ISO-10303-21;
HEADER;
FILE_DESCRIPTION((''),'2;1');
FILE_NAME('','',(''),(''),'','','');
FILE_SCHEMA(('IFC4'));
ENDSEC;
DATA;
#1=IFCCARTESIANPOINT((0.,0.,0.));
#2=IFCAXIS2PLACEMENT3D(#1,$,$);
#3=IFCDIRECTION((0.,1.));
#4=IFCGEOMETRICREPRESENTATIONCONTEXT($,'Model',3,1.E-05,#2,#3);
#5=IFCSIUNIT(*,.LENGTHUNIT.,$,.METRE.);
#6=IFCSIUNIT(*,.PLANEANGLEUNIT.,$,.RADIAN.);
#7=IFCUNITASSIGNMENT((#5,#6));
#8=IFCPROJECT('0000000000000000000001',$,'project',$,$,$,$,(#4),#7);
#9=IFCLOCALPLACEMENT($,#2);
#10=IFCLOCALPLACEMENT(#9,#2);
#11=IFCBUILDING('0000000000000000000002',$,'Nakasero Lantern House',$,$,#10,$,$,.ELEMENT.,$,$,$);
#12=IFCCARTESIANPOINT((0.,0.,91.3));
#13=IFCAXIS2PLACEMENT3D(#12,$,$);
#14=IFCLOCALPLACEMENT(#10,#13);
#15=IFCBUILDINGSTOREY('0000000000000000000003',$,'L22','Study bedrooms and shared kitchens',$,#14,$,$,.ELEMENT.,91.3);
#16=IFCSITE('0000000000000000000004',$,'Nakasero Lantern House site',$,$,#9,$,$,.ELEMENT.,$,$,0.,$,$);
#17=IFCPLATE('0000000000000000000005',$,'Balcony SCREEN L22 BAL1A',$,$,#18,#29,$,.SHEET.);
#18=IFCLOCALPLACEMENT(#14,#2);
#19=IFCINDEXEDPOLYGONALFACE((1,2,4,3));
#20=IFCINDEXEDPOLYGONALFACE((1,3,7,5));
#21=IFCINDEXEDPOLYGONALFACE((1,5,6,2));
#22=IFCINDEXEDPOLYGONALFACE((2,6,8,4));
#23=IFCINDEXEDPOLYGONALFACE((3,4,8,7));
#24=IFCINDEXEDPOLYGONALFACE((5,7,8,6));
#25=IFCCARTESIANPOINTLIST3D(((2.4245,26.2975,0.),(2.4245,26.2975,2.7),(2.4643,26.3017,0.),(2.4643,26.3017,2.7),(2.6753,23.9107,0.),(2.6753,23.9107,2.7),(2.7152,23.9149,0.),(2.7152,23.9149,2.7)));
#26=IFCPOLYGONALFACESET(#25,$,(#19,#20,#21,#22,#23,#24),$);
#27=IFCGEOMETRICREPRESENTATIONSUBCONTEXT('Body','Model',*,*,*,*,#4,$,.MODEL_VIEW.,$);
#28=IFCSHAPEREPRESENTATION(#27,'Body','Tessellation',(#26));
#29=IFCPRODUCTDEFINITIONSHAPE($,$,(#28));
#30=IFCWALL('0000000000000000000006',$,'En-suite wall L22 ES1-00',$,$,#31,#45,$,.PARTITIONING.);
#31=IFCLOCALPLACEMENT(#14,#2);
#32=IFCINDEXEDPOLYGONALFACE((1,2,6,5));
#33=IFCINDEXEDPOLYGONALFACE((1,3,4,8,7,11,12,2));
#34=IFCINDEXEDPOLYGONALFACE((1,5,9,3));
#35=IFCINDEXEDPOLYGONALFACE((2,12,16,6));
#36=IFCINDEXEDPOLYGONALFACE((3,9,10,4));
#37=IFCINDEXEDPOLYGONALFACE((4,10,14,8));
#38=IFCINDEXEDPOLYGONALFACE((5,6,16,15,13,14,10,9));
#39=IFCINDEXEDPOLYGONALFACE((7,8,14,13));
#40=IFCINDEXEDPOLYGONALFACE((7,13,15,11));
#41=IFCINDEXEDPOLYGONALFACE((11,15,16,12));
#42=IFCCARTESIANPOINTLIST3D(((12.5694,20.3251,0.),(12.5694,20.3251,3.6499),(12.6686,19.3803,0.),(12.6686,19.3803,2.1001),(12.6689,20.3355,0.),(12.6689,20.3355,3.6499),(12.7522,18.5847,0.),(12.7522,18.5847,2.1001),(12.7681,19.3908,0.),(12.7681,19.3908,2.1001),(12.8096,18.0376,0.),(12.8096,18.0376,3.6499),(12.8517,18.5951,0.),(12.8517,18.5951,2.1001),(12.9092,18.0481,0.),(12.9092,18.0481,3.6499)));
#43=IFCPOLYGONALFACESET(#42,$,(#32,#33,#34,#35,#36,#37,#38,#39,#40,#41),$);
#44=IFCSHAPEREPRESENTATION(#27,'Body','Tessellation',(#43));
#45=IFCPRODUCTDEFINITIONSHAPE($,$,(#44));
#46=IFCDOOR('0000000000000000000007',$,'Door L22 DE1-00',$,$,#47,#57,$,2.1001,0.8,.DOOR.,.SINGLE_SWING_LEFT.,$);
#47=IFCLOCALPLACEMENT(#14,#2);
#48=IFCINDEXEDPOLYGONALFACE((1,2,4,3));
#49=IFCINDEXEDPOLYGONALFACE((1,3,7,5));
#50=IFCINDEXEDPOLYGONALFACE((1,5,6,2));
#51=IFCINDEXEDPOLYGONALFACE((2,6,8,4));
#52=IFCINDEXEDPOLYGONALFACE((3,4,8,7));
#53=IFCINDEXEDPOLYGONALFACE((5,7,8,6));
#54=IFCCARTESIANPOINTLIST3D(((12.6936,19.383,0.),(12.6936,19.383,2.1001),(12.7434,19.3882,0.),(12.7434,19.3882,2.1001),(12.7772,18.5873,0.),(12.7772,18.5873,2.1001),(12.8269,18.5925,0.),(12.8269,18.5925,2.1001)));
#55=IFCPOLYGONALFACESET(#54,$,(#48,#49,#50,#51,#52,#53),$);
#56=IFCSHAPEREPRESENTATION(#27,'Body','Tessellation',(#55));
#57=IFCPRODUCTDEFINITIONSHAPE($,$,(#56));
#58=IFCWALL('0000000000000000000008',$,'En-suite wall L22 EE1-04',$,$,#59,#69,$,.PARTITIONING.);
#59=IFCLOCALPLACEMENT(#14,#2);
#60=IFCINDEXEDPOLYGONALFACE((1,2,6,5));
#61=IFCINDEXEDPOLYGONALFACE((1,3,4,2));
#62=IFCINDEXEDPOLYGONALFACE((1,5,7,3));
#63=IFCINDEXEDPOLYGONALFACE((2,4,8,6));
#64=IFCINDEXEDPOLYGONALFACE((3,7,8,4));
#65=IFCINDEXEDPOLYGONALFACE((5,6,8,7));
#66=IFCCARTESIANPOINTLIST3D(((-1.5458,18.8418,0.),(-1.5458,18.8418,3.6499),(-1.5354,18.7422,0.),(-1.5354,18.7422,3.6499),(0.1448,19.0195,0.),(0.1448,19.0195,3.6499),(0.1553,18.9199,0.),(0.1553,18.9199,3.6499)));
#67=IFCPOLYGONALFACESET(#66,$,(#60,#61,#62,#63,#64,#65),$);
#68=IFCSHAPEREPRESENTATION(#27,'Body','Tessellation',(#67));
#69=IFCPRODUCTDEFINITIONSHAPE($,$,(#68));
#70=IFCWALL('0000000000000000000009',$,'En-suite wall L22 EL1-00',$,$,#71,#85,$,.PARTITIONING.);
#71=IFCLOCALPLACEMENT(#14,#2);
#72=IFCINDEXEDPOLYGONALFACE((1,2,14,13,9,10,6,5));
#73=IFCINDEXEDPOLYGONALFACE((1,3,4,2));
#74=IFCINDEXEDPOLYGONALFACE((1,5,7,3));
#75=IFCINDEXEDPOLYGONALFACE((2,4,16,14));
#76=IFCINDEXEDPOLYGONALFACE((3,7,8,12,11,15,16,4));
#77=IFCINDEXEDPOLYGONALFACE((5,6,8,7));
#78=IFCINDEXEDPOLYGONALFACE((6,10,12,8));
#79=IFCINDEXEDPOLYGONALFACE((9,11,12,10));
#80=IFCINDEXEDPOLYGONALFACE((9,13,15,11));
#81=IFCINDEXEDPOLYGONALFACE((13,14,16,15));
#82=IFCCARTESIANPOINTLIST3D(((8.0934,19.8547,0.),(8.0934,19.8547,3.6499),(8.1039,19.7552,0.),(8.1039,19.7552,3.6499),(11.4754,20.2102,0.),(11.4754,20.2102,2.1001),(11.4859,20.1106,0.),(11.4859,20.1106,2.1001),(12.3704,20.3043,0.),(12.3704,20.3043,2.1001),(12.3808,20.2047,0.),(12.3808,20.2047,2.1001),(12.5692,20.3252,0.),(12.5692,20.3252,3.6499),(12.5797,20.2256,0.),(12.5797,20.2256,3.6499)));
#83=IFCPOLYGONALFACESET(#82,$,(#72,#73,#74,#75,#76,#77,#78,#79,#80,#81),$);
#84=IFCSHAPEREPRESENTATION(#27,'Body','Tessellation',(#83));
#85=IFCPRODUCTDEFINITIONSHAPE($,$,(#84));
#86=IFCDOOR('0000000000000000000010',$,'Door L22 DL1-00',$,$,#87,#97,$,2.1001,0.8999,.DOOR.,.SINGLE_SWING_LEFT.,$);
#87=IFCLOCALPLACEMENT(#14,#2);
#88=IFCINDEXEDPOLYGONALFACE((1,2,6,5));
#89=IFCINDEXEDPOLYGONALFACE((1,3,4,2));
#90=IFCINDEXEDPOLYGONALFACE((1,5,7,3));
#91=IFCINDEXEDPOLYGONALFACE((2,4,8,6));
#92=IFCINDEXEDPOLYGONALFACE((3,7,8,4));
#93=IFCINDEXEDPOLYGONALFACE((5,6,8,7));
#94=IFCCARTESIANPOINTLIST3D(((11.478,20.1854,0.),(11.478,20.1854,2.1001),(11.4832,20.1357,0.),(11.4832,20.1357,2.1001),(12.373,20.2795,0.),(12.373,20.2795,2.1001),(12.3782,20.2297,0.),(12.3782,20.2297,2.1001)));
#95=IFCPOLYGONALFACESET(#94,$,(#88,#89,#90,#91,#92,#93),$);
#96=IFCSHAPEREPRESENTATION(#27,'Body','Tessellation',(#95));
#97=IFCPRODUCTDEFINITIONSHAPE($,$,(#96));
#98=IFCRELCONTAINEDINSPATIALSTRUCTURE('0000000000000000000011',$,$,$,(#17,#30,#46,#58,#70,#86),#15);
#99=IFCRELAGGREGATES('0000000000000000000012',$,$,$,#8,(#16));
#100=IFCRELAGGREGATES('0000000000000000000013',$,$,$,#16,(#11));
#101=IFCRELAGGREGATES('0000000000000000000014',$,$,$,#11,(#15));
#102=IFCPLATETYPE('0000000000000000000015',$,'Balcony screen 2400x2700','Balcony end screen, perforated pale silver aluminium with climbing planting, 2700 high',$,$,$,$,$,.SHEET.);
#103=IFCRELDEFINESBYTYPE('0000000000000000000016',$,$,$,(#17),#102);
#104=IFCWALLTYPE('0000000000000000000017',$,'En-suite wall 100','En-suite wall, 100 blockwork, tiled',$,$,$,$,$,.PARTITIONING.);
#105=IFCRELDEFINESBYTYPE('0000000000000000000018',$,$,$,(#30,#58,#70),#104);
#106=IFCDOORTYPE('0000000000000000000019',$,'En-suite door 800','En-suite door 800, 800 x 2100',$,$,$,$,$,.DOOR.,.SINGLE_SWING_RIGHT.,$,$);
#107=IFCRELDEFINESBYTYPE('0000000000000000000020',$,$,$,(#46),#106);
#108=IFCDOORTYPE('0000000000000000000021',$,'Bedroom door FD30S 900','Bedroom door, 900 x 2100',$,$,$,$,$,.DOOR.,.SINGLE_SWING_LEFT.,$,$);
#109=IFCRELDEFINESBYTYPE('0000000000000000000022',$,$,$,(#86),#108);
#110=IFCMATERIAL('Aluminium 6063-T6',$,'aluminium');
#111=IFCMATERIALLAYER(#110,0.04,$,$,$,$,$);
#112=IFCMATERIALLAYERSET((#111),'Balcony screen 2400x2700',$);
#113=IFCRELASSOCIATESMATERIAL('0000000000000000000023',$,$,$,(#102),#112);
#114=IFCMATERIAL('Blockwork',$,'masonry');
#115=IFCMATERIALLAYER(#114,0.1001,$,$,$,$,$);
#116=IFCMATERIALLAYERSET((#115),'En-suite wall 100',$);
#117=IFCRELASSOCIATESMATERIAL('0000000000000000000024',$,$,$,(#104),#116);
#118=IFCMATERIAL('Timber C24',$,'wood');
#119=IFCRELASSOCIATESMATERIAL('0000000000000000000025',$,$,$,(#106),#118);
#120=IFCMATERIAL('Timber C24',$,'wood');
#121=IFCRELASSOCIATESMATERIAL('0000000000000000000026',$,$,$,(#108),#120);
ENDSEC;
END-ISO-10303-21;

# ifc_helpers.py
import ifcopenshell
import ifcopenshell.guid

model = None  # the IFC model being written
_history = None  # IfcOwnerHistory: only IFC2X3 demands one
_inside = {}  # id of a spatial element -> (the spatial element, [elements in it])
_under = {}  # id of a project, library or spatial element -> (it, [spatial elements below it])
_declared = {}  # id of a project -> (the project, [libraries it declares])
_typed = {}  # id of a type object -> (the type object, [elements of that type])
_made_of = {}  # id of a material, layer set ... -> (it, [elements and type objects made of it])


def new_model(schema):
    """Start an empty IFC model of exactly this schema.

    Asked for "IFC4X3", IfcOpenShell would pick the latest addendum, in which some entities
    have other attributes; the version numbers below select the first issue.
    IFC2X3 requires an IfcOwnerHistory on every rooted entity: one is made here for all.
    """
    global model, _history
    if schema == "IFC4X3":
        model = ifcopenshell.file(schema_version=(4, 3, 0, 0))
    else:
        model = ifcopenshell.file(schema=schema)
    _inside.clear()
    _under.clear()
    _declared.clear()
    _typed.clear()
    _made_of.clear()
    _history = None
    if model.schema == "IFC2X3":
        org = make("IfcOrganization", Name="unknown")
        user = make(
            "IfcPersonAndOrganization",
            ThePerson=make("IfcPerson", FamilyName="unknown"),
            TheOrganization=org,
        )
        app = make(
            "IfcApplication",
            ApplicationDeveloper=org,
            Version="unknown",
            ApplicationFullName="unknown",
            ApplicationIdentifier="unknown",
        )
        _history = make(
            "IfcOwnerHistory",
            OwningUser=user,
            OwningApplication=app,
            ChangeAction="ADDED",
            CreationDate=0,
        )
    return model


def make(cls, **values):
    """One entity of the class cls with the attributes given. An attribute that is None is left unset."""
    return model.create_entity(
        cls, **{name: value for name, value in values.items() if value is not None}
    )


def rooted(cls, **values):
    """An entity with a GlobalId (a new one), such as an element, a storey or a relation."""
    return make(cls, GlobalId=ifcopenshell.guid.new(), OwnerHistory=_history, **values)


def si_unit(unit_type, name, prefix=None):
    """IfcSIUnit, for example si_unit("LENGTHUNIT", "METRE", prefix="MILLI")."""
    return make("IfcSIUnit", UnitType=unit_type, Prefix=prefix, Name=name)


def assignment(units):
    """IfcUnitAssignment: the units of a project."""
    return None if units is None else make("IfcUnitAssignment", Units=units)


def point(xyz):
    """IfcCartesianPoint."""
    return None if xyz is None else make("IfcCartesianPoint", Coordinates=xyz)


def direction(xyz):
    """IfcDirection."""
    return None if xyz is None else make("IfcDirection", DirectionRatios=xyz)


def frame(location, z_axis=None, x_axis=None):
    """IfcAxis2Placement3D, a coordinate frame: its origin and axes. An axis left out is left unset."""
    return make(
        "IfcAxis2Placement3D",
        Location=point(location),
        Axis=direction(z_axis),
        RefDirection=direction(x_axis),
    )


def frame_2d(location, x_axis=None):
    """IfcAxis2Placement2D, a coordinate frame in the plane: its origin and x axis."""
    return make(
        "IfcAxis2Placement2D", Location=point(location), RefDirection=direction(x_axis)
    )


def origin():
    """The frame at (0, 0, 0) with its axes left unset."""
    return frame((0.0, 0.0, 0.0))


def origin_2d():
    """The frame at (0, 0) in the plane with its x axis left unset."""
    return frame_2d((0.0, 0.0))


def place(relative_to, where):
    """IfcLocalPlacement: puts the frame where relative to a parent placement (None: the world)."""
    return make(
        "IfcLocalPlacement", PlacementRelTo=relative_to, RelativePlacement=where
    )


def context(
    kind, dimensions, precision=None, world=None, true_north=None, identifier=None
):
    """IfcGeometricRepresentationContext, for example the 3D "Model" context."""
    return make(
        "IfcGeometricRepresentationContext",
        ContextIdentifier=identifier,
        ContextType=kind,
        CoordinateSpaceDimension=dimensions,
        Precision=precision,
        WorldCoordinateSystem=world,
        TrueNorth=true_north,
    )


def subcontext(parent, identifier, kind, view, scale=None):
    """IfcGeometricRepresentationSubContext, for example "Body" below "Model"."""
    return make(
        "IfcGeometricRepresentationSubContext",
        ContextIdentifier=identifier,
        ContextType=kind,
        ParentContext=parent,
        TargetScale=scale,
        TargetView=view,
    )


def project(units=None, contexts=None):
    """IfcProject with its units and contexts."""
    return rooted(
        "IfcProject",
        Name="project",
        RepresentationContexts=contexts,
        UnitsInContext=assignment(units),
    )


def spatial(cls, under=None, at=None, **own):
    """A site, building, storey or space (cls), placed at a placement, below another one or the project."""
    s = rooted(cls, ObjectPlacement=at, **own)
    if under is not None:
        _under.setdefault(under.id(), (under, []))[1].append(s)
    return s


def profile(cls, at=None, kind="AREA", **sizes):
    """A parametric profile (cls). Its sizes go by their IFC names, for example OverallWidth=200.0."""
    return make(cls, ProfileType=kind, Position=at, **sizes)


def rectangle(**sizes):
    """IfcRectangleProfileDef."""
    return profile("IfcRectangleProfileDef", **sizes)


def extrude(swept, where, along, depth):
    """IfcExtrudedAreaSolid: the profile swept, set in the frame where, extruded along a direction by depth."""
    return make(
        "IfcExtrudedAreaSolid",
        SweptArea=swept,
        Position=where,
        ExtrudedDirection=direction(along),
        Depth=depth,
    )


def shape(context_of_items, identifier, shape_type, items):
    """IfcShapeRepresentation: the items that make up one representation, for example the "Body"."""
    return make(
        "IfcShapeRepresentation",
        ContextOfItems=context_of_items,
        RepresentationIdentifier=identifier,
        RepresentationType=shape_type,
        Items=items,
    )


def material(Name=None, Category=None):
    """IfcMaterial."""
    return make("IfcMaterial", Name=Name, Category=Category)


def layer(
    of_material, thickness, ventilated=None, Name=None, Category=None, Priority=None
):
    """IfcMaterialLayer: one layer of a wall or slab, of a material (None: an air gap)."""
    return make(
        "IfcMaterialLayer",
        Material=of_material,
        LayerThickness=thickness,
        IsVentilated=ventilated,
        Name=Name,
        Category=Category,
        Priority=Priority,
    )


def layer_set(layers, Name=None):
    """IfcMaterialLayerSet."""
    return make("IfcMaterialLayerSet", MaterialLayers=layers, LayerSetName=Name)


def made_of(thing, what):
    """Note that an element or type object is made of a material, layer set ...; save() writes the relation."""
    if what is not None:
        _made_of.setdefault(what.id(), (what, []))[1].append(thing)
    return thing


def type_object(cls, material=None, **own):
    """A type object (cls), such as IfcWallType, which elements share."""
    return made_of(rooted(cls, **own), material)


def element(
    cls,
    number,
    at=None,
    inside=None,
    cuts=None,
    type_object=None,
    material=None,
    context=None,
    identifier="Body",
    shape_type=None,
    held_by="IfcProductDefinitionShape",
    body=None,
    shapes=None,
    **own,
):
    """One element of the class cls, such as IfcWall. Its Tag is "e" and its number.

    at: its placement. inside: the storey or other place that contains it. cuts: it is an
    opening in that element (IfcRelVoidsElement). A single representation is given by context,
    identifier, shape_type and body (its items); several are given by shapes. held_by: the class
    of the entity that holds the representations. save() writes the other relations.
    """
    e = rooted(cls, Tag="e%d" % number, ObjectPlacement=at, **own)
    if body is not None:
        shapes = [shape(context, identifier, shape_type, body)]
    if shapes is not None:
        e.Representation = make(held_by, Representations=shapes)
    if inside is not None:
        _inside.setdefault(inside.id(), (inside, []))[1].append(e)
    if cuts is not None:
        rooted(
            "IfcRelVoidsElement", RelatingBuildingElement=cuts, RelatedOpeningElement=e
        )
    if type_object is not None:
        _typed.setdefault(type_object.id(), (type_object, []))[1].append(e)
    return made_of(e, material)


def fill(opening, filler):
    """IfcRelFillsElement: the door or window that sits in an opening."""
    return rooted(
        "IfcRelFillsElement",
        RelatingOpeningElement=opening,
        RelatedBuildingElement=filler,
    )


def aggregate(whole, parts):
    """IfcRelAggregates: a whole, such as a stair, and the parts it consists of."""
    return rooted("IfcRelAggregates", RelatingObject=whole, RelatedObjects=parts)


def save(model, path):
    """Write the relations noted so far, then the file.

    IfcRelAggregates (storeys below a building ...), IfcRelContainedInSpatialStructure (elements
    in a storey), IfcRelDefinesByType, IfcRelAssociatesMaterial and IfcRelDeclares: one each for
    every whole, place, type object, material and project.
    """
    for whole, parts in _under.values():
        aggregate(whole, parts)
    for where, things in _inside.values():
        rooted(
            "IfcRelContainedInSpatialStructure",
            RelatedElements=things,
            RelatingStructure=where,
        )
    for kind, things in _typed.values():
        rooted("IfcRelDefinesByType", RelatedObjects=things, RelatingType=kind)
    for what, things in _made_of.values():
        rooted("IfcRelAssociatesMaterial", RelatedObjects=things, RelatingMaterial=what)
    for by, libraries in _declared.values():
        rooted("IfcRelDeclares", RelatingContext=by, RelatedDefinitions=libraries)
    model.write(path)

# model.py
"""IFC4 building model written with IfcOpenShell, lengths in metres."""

from ifc_helpers import new_model, si_unit, direction, frame, frame_2d, origin, origin_2d, place, context, subcontext, project, spatial, rectangle, extrude, material, layer, layer_set, type_object, element, fill, save


model = new_model("IFC4")

# Units and contexts
model_context = context("Model", 3, precision=1e-05, world=origin(), true_north=direction((0.0, 1.0)))
body_context = subcontext(model_context, "Body", "Model", "MODEL_VIEW")
ifc_project = project(units=[si_unit("LENGTHUNIT", "METRE"), si_unit("PLANEANGLEUNIT", "RADIAN")], contexts=[model_context])

# Site, building, storey
site_placement = place(None, origin())
site = spatial("IfcSite", under=ifc_project, at=site_placement, Name="Nakasero Lantern House site", CompositionType="ELEMENT", RefElevation=0.0)
building_placement = place(site_placement, origin())
building = spatial("IfcBuilding", under=site, at=building_placement, Name="Nakasero Lantern House", CompositionType="ELEMENT")
storey_placement = place(building_placement, frame((0.0, 0.0, 91.3)))
storey = spatial("IfcBuildingStorey", under=building, at=storey_placement, Name="L22", Description="Study bedrooms and shared kitchens", CompositionType="ELEMENT", Elevation=91.3)

# Plate
ifc_material_1 = material(Name="Aluminium 6063-T6", Category="aluminium")
ifc_layer_1 = layer(ifc_material_1, 0.04)
ifc_layer_set_1 = layer_set([ifc_layer_1], Name="Balcony screen 2400x2700")
plate_type_1 = type_object("IfcPlateType", Name="Balcony screen 2400x2700", Description="Balcony end screen, perforated pale silver aluminium with climbing planting, 2700 high", PredefinedType="SHEET", material=ifc_layer_set_1)
plate_1_placement = place(storey_placement, frame((2.5698, 25.1062, 0.0), z_axis=(0.0, 0.0, 1.0), x_axis=(-0.104528, 0.994522, 0.0)))
element("IfcPlate", 1, at=plate_1_placement, inside=storey, type_object=plate_type_1, Name="Balcony SCREEN L22 BAL1A", PredefinedType="SHEET", context=body_context, shape_type="SweptSolid", body=[
    extrude(rectangle(XDim=2.3999, YDim=0.04, at=origin_2d()), origin(), (0.0, 0.0, 1.0), 2.7),
])

# Wall, opening, door
ifc_material_2 = material(Name="Blockwork", Category="masonry")
ifc_layer_2 = layer(ifc_material_2, 0.1001)
ifc_layer_set_2 = layer_set([ifc_layer_2], Name="En-suite wall 100")
wall_type_1 = type_object("IfcWallType", Name="En-suite wall 100", Description="En-suite wall, 100 blockwork, tiled", PredefinedType="PARTITIONING", material=ifc_layer_set_2)
wall_1_placement = place(storey_placement, frame((12.8594, 18.043, 0.0), z_axis=(0.0, 0.0, 1.0), x_axis=(-0.104453, 0.99453, 0.0)))
wall_1 = element("IfcWall", 2, at=wall_1_placement, inside=storey, type_object=wall_type_1, Name="En-suite wall L22 ES1-00", PredefinedType="PARTITIONING", context=body_context, shape_type="SweptSolid", body=[
    extrude(rectangle(XDim=2.3, YDim=0.1001, at=frame_2d((1.1499, 0.0))), origin(), (0.0, 0.0, 1.0), 3.6499),
])
opening_1_placement = place(wall_1_placement, frame((0.55, 0.0, 0.0)))
opening_1 = element("IfcOpeningElement", 3, at=opening_1_placement, cuts=wall_1, PredefinedType="OPENING", context=body_context, shape_type="SweptSolid", body=[
    extrude(rectangle(XDim=0.8, YDim=2.1001, at=frame_2d((0.3999, 1.05))), frame((0.0, 0.0701, 0.0), z_axis=(0.0, -1.0, 0.0), x_axis=(1.0, 0.0, 0.0)), (0.0, 0.0, 1.0), 0.1401),
])
ifc_material_3 = material(Name="Timber C24", Category="wood")
door_type_1 = type_object("IfcDoorType", Name="En-suite door 800", Description="En-suite door 800, 800 x 2100", OperationType="SINGLE_SWING_RIGHT", PredefinedType="DOOR", material=ifc_material_3)
door_1_placement = place(opening_1_placement, origin())
door_1 = element("IfcDoor", 4, at=door_1_placement, inside=storey, type_object=door_type_1, Name="Door L22 DE1-00", OperationType="SINGLE_SWING_LEFT", OverallHeight=2.1001, OverallWidth=0.8, PredefinedType="DOOR", context=body_context, shape_type="SweptSolid", body=[
    extrude(rectangle(XDim=0.8, YDim=2.1001, at=frame_2d((0.3999, 1.05))), frame((0.0, 0.0249, 0.0), z_axis=(0.0, -1.0, 0.0), x_axis=(1.0, 0.0, 0.0)), (0.0, 0.0, 1.0), 0.05),
])
fill(opening_1, door_1)

# Wall
wall_2_placement = place(storey_placement, frame((0.1501, 18.9697, 0.0), z_axis=(0.0, 0.0, 1.0), x_axis=(-0.99452, -0.10455, 0.0)))
element("IfcWall", 5, at=wall_2_placement, inside=storey, type_object=wall_type_1, Name="En-suite wall L22 EE1-04", PredefinedType="PARTITIONING", context=body_context, shape_type="SweptSolid", body=[
    extrude(rectangle(XDim=1.7, YDim=0.1001, at=frame_2d((0.8501, 0.0))), origin(), (0.0, 0.0, 1.0), 3.6499),
])

# Wall, opening, door
wall_3_placement = place(storey_placement, frame((12.5745, 20.2754, 0.0), z_axis=(0.0, 0.0, 1.0), x_axis=(-0.994521, -0.104535, 0.0)))
wall_3 = element("IfcWall", 6, at=wall_3_placement, inside=storey, type_object=wall_type_1, Name="En-suite wall L22 EL1-00", PredefinedType="PARTITIONING", context=body_context, shape_type="SweptSolid", body=[
    extrude(rectangle(XDim=4.5005, YDim=0.1001, at=frame_2d((2.2502, 0.0))), origin(), (0.0, 0.0, 1.0), 3.6499),
])
opening_2_placement = place(wall_3_placement, frame((0.2, 0.0, 0.0)))
opening_2 = element("IfcOpeningElement", 7, at=opening_2_placement, cuts=wall_3, PredefinedType="OPENING", context=body_context, shape_type="SweptSolid", body=[
    extrude(rectangle(XDim=0.8999, YDim=2.1001, at=frame_2d((0.45, 1.05))), frame((0.0, 0.0701, 0.0), z_axis=(0.0, -1.0, 0.0), x_axis=(1.0, 0.0, 0.0)), (0.0, 0.0, 1.0), 0.1401),
])
ifc_material_4 = material(Name="Timber C24", Category="wood")
door_type_2 = type_object("IfcDoorType", Name="Bedroom door FD30S 900", Description="Bedroom door, 900 x 2100", OperationType="SINGLE_SWING_LEFT", PredefinedType="DOOR", material=ifc_material_4)
door_2_placement = place(opening_2_placement, origin())
door_2 = element("IfcDoor", 8, at=door_2_placement, inside=storey, type_object=door_type_2, Name="Door L22 DL1-00", OperationType="SINGLE_SWING_LEFT", OverallHeight=2.1001, OverallWidth=0.8999, PredefinedType="DOOR", context=body_context, shape_type="SweptSolid", body=[
    extrude(rectangle(XDim=0.8999, YDim=2.1001, at=frame_2d((0.45, 1.05))), frame((0.0, 0.0249, 0.0), z_axis=(0.0, -1.0, 0.0), x_axis=(1.0, 0.0, 0.0)), (0.0, 0.0, 1.0), 0.05),
])
fill(opening_2, door_2)

save(model, "model.ifc")
